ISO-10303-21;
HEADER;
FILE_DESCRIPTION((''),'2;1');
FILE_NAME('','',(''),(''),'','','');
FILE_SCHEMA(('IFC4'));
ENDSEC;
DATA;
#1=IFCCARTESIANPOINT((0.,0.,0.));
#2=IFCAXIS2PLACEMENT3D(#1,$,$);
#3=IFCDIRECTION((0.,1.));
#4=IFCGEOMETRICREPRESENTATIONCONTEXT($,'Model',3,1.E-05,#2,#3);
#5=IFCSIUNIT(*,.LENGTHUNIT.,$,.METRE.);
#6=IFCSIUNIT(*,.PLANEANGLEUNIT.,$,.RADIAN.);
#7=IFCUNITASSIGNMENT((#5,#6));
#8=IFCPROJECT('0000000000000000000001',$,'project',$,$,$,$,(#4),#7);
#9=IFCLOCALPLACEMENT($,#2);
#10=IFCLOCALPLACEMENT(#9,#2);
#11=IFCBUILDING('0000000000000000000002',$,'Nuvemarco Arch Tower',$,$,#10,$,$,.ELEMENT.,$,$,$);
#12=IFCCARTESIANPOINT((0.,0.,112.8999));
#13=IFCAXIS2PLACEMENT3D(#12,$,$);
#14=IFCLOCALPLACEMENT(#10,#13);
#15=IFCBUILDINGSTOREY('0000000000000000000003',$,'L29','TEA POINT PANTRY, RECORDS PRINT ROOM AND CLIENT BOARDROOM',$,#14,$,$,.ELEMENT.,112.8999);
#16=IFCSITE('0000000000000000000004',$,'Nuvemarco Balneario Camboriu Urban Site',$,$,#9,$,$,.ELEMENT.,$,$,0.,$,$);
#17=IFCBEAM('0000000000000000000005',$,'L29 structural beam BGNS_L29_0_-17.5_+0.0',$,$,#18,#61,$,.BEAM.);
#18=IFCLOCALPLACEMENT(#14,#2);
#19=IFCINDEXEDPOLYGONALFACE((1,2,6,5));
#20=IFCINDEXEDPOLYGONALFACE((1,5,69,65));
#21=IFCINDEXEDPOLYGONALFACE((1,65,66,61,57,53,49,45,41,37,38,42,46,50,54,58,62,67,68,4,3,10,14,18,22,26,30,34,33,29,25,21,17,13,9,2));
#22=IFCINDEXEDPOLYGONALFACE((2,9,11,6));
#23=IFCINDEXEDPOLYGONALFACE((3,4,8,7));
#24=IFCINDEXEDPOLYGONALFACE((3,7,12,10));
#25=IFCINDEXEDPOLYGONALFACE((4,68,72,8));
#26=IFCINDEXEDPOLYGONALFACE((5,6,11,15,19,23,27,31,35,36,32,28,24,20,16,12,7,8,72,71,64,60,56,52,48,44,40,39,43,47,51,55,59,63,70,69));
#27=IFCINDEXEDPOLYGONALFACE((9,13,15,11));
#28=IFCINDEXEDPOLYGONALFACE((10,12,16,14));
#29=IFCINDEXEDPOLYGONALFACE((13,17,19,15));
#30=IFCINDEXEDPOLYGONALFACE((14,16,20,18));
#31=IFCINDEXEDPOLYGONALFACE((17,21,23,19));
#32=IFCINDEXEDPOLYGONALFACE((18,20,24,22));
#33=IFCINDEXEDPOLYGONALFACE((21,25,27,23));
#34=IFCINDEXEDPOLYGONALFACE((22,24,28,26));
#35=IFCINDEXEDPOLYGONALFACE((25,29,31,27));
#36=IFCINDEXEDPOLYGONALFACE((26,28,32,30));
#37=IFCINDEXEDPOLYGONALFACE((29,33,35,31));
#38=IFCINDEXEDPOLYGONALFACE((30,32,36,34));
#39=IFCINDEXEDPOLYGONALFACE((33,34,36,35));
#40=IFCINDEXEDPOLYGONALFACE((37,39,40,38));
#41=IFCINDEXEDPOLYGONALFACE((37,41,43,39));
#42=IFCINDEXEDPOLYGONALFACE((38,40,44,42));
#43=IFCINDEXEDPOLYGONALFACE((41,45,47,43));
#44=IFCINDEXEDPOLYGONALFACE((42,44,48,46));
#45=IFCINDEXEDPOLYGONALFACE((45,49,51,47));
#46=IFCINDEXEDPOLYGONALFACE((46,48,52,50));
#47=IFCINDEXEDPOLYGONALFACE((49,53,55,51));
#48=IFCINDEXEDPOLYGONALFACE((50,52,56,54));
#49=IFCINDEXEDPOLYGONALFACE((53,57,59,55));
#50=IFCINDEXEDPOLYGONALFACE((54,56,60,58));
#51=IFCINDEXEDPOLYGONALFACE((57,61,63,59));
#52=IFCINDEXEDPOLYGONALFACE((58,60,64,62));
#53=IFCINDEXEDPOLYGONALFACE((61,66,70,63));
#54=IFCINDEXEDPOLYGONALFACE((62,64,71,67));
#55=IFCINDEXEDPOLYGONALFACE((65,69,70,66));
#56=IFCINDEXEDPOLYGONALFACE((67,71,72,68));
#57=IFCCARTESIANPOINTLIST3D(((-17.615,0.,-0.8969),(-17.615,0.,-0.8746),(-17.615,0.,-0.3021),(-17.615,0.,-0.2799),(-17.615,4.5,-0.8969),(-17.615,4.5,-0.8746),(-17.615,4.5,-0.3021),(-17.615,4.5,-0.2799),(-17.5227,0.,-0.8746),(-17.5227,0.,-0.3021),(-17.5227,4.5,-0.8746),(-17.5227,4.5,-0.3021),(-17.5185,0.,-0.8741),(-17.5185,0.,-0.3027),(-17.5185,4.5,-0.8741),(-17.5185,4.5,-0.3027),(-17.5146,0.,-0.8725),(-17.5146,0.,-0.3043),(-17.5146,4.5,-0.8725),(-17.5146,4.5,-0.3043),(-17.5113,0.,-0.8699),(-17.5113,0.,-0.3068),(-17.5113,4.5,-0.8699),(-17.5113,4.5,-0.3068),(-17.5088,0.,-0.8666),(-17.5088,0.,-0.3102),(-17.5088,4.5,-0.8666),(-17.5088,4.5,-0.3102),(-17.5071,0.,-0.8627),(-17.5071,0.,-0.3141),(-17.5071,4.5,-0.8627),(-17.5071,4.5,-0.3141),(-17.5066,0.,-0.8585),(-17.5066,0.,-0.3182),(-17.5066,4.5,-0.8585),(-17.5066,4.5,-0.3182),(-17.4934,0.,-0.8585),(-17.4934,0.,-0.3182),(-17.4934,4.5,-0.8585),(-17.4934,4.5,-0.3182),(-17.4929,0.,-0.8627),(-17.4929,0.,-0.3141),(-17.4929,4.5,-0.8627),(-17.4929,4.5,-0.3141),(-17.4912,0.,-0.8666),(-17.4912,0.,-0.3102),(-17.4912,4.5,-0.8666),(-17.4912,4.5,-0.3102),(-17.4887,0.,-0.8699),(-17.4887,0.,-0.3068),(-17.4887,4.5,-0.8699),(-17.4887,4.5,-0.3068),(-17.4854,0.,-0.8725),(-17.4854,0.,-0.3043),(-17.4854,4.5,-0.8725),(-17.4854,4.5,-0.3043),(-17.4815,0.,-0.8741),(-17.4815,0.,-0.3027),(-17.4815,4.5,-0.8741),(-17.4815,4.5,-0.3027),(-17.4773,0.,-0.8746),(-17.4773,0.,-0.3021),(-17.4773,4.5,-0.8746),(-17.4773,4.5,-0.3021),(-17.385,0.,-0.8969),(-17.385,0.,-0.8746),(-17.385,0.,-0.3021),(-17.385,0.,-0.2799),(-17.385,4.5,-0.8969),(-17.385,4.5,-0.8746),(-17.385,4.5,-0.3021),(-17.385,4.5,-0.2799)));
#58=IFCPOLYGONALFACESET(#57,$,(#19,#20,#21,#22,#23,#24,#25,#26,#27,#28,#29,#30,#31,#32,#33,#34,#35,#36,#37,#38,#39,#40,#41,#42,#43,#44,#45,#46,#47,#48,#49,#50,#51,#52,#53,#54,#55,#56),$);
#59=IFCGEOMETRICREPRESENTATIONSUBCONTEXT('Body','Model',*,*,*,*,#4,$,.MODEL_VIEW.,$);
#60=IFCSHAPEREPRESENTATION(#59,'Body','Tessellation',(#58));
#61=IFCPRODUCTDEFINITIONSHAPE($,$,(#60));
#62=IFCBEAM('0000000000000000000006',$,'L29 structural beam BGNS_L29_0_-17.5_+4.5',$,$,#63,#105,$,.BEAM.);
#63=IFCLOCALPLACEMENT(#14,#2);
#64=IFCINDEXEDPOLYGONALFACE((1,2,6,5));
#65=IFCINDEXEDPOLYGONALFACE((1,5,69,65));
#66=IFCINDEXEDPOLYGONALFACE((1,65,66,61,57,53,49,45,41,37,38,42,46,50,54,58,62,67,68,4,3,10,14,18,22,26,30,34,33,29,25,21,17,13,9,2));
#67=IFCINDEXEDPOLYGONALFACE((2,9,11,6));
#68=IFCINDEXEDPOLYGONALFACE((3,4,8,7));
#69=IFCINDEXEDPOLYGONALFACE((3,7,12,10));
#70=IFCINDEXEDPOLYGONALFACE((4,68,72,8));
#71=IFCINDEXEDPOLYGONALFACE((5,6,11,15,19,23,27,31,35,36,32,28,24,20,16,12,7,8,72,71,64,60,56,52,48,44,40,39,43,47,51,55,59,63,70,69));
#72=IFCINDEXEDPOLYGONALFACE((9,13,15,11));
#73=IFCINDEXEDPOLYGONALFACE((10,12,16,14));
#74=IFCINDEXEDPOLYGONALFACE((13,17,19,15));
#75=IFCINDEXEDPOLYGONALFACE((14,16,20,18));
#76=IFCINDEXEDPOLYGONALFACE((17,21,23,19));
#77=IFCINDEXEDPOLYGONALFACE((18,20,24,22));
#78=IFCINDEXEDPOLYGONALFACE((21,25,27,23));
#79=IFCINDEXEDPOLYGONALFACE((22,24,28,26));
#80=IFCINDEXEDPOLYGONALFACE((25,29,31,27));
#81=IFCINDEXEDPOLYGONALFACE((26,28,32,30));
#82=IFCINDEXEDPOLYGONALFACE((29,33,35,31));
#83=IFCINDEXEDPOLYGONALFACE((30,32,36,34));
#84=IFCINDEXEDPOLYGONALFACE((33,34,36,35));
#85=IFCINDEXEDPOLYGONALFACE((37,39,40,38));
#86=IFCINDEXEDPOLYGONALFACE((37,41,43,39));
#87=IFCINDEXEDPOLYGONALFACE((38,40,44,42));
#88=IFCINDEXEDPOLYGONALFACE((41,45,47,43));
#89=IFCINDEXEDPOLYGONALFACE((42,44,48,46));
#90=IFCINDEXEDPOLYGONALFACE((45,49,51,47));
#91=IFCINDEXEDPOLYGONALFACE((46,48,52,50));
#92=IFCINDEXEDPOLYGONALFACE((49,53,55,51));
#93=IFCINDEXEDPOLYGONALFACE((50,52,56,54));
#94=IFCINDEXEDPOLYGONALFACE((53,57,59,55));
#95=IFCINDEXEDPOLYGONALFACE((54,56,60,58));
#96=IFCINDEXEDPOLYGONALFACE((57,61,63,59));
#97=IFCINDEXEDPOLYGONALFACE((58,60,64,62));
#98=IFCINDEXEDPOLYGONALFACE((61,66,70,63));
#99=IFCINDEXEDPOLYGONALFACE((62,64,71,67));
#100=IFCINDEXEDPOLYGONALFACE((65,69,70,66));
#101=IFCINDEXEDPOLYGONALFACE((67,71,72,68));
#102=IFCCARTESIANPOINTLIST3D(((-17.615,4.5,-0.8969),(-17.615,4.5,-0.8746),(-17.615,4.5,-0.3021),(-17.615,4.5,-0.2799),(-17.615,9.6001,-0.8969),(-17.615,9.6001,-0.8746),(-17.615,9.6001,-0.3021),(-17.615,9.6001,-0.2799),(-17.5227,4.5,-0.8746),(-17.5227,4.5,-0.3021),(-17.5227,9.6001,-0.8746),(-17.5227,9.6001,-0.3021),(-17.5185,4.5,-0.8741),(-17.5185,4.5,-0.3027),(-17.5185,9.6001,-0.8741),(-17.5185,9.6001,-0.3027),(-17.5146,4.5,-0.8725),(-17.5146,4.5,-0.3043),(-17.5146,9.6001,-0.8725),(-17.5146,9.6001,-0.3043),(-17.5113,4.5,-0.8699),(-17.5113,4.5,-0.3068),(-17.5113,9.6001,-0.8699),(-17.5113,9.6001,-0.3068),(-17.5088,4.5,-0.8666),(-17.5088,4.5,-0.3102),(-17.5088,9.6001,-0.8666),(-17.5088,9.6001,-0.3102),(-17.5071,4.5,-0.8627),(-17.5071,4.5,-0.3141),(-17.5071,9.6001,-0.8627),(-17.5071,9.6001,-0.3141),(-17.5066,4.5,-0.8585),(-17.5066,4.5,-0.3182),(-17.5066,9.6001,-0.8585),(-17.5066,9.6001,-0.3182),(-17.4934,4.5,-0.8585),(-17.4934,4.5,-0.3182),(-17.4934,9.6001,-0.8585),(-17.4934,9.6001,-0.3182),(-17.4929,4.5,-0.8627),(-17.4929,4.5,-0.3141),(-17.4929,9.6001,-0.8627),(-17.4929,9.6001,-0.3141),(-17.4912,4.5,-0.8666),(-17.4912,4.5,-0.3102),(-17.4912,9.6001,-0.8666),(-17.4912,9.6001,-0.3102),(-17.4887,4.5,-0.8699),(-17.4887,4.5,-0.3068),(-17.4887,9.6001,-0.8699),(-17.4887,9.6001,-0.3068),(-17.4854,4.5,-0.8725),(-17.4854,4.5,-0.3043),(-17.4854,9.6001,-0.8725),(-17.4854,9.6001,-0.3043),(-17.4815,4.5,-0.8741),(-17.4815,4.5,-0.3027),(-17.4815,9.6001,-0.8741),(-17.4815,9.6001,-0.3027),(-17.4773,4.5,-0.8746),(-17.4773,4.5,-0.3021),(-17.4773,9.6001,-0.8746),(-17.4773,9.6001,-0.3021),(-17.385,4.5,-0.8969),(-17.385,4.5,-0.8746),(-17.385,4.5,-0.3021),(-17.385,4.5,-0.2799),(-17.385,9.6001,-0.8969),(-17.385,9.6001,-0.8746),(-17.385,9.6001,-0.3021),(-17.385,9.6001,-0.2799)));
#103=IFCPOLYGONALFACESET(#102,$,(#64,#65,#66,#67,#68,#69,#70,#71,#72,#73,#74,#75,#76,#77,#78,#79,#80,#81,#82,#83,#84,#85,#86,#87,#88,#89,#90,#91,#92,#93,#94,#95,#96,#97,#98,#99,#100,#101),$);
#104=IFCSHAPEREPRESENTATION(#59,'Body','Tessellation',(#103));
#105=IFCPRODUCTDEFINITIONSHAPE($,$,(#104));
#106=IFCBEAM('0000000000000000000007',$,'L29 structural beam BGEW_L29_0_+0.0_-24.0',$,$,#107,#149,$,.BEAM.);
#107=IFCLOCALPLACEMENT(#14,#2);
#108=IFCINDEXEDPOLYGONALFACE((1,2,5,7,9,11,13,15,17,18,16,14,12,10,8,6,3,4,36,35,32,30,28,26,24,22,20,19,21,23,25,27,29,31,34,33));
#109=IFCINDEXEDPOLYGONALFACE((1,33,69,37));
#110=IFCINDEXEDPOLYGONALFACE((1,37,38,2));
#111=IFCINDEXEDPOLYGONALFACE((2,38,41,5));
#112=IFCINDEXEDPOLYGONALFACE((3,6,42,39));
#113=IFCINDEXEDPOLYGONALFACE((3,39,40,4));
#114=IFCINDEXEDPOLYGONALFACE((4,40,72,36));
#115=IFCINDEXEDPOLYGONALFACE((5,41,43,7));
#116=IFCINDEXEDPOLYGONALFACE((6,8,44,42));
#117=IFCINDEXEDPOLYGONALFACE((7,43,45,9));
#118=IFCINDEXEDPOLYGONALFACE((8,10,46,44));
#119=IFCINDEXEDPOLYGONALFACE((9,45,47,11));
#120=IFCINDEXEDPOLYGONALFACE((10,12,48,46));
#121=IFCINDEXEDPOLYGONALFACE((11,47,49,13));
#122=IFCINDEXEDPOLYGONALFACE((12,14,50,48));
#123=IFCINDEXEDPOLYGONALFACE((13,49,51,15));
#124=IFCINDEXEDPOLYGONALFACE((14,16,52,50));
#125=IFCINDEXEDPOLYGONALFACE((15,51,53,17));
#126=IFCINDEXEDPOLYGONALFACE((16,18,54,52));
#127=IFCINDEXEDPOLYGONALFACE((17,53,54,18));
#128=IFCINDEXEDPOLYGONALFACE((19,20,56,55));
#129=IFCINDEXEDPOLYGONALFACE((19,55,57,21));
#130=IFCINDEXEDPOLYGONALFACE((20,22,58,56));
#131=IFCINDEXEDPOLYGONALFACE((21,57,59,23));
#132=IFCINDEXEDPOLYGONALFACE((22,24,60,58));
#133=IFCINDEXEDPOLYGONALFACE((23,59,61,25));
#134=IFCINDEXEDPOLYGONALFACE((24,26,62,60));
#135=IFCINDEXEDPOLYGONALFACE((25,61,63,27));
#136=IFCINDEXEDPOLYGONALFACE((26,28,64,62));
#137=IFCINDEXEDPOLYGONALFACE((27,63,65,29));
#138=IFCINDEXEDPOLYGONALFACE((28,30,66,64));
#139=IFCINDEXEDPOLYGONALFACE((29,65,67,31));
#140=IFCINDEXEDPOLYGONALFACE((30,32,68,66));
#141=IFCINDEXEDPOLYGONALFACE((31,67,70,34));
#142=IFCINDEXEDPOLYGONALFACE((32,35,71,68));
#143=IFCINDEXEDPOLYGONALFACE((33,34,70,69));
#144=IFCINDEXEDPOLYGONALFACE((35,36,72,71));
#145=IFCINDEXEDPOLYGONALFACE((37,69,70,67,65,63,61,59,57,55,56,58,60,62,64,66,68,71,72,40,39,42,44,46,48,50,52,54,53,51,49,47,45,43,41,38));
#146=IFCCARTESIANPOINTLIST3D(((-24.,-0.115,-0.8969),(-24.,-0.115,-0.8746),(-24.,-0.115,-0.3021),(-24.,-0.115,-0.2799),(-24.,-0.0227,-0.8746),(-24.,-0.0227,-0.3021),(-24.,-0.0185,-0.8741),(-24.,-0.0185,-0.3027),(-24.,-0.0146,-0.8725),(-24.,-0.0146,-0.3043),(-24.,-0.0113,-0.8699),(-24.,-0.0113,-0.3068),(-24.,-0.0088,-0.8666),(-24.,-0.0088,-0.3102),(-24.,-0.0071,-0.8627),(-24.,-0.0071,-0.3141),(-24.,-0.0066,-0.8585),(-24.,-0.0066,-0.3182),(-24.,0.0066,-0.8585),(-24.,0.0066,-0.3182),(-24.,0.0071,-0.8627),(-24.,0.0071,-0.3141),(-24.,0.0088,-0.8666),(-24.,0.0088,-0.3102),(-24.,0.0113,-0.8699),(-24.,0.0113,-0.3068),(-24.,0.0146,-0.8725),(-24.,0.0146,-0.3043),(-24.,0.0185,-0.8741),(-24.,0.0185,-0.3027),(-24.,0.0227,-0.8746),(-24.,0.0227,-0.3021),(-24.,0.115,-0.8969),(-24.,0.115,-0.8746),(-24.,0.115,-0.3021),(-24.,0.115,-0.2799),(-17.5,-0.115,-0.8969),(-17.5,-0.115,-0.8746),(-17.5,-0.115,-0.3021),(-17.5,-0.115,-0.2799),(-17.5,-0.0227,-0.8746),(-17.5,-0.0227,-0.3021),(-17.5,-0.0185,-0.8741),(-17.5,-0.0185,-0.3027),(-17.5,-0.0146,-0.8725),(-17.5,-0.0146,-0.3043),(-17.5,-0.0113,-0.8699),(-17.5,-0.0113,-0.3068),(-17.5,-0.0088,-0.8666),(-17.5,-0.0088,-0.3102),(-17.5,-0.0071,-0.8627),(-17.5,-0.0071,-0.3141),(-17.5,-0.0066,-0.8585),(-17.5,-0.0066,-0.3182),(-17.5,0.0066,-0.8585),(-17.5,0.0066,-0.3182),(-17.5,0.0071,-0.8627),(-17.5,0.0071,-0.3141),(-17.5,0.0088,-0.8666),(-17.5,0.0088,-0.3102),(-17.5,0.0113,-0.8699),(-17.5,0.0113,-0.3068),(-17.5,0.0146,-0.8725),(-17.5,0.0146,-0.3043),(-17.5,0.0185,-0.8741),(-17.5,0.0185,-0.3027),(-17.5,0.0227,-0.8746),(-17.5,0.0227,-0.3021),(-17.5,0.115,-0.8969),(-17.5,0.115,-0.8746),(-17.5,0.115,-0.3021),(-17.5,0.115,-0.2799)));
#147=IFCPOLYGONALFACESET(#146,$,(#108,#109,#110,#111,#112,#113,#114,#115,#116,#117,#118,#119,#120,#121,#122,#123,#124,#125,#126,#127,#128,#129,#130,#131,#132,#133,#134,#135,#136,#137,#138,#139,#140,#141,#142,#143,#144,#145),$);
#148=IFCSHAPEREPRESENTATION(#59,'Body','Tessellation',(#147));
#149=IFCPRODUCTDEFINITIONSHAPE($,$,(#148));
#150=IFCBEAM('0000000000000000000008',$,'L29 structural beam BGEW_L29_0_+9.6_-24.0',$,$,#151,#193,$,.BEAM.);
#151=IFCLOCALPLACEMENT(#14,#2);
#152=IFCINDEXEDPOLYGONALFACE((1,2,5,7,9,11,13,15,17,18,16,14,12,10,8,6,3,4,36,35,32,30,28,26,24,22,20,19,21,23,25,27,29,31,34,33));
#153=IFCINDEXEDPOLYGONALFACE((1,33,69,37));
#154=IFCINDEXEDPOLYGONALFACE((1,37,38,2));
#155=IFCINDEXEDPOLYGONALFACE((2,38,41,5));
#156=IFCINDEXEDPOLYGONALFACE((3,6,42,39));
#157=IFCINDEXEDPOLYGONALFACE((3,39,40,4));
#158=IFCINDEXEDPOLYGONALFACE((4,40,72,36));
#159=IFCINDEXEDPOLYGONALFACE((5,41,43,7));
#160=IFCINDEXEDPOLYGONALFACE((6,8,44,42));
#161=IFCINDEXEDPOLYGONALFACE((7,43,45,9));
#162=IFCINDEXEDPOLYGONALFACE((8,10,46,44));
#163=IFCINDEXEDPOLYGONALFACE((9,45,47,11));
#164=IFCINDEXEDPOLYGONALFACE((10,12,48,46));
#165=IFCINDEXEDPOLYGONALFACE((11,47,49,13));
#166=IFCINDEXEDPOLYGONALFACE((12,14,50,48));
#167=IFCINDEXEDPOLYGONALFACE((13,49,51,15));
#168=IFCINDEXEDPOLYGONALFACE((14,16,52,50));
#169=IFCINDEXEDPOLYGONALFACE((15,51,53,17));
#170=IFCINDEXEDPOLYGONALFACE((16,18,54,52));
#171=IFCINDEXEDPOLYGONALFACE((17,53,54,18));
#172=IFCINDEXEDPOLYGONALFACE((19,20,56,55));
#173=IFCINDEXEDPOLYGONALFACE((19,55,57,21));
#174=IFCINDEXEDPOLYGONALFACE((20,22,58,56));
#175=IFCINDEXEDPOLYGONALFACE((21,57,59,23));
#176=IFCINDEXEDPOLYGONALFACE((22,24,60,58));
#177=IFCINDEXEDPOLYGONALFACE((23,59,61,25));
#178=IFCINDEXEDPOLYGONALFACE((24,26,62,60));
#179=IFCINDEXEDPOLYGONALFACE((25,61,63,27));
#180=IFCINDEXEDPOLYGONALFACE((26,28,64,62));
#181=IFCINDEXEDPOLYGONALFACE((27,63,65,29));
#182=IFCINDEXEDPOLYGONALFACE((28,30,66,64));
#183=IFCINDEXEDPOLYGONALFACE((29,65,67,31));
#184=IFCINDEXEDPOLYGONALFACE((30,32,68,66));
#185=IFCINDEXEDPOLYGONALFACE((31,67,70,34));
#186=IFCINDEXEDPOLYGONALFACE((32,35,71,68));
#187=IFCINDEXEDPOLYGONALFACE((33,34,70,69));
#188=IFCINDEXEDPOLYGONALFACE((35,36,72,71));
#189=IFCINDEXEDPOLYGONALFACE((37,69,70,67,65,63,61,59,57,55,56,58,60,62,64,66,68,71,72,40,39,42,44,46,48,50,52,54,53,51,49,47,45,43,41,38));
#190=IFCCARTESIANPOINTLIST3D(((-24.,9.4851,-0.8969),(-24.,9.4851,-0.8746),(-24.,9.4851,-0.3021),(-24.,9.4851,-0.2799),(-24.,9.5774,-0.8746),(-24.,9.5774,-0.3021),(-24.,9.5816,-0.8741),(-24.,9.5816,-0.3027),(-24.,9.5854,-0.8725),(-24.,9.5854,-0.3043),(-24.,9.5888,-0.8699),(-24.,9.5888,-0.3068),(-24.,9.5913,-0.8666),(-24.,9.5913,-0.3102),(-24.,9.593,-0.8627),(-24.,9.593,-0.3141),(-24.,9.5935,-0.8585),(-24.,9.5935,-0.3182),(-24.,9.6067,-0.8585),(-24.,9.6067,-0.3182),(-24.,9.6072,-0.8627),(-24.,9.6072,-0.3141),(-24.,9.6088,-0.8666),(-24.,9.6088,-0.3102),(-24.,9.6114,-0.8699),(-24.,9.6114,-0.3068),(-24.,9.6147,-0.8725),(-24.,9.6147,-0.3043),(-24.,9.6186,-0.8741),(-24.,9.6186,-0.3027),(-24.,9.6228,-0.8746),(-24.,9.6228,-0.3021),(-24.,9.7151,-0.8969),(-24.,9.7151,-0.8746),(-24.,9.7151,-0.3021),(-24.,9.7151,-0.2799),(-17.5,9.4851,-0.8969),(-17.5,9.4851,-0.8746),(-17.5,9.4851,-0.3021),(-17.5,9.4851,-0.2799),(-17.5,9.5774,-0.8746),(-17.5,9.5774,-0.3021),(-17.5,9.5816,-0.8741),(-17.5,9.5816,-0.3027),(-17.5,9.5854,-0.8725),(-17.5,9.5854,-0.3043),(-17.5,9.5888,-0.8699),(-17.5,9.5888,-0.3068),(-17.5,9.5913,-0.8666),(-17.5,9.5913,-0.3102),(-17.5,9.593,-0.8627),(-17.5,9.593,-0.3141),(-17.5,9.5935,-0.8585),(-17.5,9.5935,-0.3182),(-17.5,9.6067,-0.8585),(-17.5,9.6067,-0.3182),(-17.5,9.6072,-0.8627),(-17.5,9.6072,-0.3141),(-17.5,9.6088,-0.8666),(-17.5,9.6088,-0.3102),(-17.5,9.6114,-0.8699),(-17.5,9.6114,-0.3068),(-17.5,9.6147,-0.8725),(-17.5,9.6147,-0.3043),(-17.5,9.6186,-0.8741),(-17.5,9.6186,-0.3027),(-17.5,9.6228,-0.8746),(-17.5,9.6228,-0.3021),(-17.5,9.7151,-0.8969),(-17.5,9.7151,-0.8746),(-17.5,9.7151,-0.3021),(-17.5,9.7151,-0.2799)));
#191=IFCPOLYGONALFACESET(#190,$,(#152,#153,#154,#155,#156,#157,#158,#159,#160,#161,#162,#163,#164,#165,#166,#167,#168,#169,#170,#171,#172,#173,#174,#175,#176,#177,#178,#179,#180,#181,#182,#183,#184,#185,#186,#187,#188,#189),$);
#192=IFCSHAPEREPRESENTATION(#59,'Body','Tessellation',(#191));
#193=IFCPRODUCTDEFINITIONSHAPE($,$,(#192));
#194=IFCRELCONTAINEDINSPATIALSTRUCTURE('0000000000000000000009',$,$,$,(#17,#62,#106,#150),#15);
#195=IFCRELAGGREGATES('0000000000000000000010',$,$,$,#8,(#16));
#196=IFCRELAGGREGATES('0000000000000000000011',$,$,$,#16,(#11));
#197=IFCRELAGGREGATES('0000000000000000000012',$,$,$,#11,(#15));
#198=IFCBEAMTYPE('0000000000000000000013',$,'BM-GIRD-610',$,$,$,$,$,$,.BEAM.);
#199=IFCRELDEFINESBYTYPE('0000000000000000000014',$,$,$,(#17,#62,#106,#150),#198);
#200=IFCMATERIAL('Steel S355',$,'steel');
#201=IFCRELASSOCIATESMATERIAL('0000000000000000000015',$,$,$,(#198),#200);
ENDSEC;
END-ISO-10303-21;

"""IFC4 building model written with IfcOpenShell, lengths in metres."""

from ifc_helpers import new_model, si_unit, direction, frame, origin, origin_2d, place, context, subcontext, project, spatial, i_section, extrude, material, material_profile, profile_set, type_object, element, save


model = new_model("IFC4")

# Units and contexts
model_context = context("Model", 3, precision=1e-05, world=origin(), true_north=direction((0.0, 1.0)))
body_context = subcontext(model_context, "Body", "Model", "MODEL_VIEW")
ifc_project = project(units=[si_unit("LENGTHUNIT", "METRE"), si_unit("PLANEANGLEUNIT", "RADIAN")], contexts=[model_context])

# Site, building, storey
site_placement = place(None, origin())
site = spatial("IfcSite", under=ifc_project, at=site_placement, Name="Nuvemarco Balneario Camboriu Urban Site", CompositionType="ELEMENT", RefElevation=0.0)
building_placement = place(site_placement, origin())
building = spatial("IfcBuilding", under=site, at=building_placement, Name="Nuvemarco Arch Tower", CompositionType="ELEMENT")
storey_placement = place(building_placement, frame((0.0, 0.0, 112.8999)))
storey = spatial("IfcBuildingStorey", under=building, at=storey_placement, Name="L29", Description="TEA POINT PANTRY, RECORDS PRINT ROOM AND CLIENT BOARDROOM", CompositionType="ELEMENT", Elevation=112.8999)

# Shared definitions
ifc_material_1 = material(Name="Steel S355", Category="steel")

# Beams
ifc_material_profile_1 = material_profile(ifc_material_1, i_section(OverallWidth=0.23, OverallDepth=0.6169, WebThickness=0.0132, FlangeThickness=0.0222, FilletRadius=0.0161, at=origin_2d()), Name="W610x140")
ifc_profile_set_1 = profile_set([ifc_material_profile_1], Name="Steel S355")
beam_type_1 = type_object("IfcBeamType", Name="BM-GIRD-610", PredefinedType="BEAM", material=ifc_profile_set_1)
beam_1_placement = place(storey_placement, frame((-17.5, 0.0, -0.5884), z_axis=(0.0, 1.0, 0.0), x_axis=(-1.0, 0.0, 0.0)))
element("IfcBeam", 1, at=beam_1_placement, inside=storey, type_object=beam_type_1, Name="L29 structural beam BGNS_L29_0_-17.5_+0.0", PredefinedType="BEAM", context=body_context, shape_type="SweptSolid", body=[
    extrude(i_section(OverallWidth=0.23, OverallDepth=0.6169, WebThickness=0.0132, FlangeThickness=0.0222, FilletRadius=0.0161, at=origin_2d()), origin(), (0.0, 0.0, 1.0), 4.5),
])
beam_2_placement = place(storey_placement, frame((-17.5, 4.5, -0.5884), z_axis=(0.0, 1.0, 0.0), x_axis=(-1.0, 0.0, 0.0)))
element("IfcBeam", 2, at=beam_2_placement, inside=storey, type_object=beam_type_1, Name="L29 structural beam BGNS_L29_0_-17.5_+4.5", PredefinedType="BEAM", context=body_context, shape_type="SweptSolid", body=[
    extrude(i_section(OverallWidth=0.23, OverallDepth=0.6169, WebThickness=0.0132, FlangeThickness=0.0222, FilletRadius=0.0161, at=origin_2d()), origin(), (0.0, 0.0, 1.0), 5.1001),
])
for number, where, z_axis, x_axis, name in (
    (3, (-24.0, 0.0, -0.5884), (1.0, 0.0, 0.0), (0.0, 1.0, 0.0), "L29 structural beam BGEW_L29_0_+0.0_-24.0"),
    (4, (-24.0, 9.6001, -0.5884), (1.0, 0.0, 0.0), (0.0, 1.0, 0.0), "L29 structural beam BGEW_L29_0_+9.6_-24.0"),
):
    element("IfcBeam", number, at=place(storey_placement, frame(where, z_axis=z_axis, x_axis=x_axis)), inside=storey, type_object=beam_type_1, Name=name, PredefinedType="BEAM", context=body_context, shape_type="SweptSolid", body=[
        extrude(i_section(OverallWidth=0.23, OverallDepth=0.6169, WebThickness=0.0132, FlangeThickness=0.0222, FilletRadius=0.0161, at=origin_2d()), origin(), (0.0, 0.0, 1.0), 6.5),
    ])

save(model, "model.ifc")
